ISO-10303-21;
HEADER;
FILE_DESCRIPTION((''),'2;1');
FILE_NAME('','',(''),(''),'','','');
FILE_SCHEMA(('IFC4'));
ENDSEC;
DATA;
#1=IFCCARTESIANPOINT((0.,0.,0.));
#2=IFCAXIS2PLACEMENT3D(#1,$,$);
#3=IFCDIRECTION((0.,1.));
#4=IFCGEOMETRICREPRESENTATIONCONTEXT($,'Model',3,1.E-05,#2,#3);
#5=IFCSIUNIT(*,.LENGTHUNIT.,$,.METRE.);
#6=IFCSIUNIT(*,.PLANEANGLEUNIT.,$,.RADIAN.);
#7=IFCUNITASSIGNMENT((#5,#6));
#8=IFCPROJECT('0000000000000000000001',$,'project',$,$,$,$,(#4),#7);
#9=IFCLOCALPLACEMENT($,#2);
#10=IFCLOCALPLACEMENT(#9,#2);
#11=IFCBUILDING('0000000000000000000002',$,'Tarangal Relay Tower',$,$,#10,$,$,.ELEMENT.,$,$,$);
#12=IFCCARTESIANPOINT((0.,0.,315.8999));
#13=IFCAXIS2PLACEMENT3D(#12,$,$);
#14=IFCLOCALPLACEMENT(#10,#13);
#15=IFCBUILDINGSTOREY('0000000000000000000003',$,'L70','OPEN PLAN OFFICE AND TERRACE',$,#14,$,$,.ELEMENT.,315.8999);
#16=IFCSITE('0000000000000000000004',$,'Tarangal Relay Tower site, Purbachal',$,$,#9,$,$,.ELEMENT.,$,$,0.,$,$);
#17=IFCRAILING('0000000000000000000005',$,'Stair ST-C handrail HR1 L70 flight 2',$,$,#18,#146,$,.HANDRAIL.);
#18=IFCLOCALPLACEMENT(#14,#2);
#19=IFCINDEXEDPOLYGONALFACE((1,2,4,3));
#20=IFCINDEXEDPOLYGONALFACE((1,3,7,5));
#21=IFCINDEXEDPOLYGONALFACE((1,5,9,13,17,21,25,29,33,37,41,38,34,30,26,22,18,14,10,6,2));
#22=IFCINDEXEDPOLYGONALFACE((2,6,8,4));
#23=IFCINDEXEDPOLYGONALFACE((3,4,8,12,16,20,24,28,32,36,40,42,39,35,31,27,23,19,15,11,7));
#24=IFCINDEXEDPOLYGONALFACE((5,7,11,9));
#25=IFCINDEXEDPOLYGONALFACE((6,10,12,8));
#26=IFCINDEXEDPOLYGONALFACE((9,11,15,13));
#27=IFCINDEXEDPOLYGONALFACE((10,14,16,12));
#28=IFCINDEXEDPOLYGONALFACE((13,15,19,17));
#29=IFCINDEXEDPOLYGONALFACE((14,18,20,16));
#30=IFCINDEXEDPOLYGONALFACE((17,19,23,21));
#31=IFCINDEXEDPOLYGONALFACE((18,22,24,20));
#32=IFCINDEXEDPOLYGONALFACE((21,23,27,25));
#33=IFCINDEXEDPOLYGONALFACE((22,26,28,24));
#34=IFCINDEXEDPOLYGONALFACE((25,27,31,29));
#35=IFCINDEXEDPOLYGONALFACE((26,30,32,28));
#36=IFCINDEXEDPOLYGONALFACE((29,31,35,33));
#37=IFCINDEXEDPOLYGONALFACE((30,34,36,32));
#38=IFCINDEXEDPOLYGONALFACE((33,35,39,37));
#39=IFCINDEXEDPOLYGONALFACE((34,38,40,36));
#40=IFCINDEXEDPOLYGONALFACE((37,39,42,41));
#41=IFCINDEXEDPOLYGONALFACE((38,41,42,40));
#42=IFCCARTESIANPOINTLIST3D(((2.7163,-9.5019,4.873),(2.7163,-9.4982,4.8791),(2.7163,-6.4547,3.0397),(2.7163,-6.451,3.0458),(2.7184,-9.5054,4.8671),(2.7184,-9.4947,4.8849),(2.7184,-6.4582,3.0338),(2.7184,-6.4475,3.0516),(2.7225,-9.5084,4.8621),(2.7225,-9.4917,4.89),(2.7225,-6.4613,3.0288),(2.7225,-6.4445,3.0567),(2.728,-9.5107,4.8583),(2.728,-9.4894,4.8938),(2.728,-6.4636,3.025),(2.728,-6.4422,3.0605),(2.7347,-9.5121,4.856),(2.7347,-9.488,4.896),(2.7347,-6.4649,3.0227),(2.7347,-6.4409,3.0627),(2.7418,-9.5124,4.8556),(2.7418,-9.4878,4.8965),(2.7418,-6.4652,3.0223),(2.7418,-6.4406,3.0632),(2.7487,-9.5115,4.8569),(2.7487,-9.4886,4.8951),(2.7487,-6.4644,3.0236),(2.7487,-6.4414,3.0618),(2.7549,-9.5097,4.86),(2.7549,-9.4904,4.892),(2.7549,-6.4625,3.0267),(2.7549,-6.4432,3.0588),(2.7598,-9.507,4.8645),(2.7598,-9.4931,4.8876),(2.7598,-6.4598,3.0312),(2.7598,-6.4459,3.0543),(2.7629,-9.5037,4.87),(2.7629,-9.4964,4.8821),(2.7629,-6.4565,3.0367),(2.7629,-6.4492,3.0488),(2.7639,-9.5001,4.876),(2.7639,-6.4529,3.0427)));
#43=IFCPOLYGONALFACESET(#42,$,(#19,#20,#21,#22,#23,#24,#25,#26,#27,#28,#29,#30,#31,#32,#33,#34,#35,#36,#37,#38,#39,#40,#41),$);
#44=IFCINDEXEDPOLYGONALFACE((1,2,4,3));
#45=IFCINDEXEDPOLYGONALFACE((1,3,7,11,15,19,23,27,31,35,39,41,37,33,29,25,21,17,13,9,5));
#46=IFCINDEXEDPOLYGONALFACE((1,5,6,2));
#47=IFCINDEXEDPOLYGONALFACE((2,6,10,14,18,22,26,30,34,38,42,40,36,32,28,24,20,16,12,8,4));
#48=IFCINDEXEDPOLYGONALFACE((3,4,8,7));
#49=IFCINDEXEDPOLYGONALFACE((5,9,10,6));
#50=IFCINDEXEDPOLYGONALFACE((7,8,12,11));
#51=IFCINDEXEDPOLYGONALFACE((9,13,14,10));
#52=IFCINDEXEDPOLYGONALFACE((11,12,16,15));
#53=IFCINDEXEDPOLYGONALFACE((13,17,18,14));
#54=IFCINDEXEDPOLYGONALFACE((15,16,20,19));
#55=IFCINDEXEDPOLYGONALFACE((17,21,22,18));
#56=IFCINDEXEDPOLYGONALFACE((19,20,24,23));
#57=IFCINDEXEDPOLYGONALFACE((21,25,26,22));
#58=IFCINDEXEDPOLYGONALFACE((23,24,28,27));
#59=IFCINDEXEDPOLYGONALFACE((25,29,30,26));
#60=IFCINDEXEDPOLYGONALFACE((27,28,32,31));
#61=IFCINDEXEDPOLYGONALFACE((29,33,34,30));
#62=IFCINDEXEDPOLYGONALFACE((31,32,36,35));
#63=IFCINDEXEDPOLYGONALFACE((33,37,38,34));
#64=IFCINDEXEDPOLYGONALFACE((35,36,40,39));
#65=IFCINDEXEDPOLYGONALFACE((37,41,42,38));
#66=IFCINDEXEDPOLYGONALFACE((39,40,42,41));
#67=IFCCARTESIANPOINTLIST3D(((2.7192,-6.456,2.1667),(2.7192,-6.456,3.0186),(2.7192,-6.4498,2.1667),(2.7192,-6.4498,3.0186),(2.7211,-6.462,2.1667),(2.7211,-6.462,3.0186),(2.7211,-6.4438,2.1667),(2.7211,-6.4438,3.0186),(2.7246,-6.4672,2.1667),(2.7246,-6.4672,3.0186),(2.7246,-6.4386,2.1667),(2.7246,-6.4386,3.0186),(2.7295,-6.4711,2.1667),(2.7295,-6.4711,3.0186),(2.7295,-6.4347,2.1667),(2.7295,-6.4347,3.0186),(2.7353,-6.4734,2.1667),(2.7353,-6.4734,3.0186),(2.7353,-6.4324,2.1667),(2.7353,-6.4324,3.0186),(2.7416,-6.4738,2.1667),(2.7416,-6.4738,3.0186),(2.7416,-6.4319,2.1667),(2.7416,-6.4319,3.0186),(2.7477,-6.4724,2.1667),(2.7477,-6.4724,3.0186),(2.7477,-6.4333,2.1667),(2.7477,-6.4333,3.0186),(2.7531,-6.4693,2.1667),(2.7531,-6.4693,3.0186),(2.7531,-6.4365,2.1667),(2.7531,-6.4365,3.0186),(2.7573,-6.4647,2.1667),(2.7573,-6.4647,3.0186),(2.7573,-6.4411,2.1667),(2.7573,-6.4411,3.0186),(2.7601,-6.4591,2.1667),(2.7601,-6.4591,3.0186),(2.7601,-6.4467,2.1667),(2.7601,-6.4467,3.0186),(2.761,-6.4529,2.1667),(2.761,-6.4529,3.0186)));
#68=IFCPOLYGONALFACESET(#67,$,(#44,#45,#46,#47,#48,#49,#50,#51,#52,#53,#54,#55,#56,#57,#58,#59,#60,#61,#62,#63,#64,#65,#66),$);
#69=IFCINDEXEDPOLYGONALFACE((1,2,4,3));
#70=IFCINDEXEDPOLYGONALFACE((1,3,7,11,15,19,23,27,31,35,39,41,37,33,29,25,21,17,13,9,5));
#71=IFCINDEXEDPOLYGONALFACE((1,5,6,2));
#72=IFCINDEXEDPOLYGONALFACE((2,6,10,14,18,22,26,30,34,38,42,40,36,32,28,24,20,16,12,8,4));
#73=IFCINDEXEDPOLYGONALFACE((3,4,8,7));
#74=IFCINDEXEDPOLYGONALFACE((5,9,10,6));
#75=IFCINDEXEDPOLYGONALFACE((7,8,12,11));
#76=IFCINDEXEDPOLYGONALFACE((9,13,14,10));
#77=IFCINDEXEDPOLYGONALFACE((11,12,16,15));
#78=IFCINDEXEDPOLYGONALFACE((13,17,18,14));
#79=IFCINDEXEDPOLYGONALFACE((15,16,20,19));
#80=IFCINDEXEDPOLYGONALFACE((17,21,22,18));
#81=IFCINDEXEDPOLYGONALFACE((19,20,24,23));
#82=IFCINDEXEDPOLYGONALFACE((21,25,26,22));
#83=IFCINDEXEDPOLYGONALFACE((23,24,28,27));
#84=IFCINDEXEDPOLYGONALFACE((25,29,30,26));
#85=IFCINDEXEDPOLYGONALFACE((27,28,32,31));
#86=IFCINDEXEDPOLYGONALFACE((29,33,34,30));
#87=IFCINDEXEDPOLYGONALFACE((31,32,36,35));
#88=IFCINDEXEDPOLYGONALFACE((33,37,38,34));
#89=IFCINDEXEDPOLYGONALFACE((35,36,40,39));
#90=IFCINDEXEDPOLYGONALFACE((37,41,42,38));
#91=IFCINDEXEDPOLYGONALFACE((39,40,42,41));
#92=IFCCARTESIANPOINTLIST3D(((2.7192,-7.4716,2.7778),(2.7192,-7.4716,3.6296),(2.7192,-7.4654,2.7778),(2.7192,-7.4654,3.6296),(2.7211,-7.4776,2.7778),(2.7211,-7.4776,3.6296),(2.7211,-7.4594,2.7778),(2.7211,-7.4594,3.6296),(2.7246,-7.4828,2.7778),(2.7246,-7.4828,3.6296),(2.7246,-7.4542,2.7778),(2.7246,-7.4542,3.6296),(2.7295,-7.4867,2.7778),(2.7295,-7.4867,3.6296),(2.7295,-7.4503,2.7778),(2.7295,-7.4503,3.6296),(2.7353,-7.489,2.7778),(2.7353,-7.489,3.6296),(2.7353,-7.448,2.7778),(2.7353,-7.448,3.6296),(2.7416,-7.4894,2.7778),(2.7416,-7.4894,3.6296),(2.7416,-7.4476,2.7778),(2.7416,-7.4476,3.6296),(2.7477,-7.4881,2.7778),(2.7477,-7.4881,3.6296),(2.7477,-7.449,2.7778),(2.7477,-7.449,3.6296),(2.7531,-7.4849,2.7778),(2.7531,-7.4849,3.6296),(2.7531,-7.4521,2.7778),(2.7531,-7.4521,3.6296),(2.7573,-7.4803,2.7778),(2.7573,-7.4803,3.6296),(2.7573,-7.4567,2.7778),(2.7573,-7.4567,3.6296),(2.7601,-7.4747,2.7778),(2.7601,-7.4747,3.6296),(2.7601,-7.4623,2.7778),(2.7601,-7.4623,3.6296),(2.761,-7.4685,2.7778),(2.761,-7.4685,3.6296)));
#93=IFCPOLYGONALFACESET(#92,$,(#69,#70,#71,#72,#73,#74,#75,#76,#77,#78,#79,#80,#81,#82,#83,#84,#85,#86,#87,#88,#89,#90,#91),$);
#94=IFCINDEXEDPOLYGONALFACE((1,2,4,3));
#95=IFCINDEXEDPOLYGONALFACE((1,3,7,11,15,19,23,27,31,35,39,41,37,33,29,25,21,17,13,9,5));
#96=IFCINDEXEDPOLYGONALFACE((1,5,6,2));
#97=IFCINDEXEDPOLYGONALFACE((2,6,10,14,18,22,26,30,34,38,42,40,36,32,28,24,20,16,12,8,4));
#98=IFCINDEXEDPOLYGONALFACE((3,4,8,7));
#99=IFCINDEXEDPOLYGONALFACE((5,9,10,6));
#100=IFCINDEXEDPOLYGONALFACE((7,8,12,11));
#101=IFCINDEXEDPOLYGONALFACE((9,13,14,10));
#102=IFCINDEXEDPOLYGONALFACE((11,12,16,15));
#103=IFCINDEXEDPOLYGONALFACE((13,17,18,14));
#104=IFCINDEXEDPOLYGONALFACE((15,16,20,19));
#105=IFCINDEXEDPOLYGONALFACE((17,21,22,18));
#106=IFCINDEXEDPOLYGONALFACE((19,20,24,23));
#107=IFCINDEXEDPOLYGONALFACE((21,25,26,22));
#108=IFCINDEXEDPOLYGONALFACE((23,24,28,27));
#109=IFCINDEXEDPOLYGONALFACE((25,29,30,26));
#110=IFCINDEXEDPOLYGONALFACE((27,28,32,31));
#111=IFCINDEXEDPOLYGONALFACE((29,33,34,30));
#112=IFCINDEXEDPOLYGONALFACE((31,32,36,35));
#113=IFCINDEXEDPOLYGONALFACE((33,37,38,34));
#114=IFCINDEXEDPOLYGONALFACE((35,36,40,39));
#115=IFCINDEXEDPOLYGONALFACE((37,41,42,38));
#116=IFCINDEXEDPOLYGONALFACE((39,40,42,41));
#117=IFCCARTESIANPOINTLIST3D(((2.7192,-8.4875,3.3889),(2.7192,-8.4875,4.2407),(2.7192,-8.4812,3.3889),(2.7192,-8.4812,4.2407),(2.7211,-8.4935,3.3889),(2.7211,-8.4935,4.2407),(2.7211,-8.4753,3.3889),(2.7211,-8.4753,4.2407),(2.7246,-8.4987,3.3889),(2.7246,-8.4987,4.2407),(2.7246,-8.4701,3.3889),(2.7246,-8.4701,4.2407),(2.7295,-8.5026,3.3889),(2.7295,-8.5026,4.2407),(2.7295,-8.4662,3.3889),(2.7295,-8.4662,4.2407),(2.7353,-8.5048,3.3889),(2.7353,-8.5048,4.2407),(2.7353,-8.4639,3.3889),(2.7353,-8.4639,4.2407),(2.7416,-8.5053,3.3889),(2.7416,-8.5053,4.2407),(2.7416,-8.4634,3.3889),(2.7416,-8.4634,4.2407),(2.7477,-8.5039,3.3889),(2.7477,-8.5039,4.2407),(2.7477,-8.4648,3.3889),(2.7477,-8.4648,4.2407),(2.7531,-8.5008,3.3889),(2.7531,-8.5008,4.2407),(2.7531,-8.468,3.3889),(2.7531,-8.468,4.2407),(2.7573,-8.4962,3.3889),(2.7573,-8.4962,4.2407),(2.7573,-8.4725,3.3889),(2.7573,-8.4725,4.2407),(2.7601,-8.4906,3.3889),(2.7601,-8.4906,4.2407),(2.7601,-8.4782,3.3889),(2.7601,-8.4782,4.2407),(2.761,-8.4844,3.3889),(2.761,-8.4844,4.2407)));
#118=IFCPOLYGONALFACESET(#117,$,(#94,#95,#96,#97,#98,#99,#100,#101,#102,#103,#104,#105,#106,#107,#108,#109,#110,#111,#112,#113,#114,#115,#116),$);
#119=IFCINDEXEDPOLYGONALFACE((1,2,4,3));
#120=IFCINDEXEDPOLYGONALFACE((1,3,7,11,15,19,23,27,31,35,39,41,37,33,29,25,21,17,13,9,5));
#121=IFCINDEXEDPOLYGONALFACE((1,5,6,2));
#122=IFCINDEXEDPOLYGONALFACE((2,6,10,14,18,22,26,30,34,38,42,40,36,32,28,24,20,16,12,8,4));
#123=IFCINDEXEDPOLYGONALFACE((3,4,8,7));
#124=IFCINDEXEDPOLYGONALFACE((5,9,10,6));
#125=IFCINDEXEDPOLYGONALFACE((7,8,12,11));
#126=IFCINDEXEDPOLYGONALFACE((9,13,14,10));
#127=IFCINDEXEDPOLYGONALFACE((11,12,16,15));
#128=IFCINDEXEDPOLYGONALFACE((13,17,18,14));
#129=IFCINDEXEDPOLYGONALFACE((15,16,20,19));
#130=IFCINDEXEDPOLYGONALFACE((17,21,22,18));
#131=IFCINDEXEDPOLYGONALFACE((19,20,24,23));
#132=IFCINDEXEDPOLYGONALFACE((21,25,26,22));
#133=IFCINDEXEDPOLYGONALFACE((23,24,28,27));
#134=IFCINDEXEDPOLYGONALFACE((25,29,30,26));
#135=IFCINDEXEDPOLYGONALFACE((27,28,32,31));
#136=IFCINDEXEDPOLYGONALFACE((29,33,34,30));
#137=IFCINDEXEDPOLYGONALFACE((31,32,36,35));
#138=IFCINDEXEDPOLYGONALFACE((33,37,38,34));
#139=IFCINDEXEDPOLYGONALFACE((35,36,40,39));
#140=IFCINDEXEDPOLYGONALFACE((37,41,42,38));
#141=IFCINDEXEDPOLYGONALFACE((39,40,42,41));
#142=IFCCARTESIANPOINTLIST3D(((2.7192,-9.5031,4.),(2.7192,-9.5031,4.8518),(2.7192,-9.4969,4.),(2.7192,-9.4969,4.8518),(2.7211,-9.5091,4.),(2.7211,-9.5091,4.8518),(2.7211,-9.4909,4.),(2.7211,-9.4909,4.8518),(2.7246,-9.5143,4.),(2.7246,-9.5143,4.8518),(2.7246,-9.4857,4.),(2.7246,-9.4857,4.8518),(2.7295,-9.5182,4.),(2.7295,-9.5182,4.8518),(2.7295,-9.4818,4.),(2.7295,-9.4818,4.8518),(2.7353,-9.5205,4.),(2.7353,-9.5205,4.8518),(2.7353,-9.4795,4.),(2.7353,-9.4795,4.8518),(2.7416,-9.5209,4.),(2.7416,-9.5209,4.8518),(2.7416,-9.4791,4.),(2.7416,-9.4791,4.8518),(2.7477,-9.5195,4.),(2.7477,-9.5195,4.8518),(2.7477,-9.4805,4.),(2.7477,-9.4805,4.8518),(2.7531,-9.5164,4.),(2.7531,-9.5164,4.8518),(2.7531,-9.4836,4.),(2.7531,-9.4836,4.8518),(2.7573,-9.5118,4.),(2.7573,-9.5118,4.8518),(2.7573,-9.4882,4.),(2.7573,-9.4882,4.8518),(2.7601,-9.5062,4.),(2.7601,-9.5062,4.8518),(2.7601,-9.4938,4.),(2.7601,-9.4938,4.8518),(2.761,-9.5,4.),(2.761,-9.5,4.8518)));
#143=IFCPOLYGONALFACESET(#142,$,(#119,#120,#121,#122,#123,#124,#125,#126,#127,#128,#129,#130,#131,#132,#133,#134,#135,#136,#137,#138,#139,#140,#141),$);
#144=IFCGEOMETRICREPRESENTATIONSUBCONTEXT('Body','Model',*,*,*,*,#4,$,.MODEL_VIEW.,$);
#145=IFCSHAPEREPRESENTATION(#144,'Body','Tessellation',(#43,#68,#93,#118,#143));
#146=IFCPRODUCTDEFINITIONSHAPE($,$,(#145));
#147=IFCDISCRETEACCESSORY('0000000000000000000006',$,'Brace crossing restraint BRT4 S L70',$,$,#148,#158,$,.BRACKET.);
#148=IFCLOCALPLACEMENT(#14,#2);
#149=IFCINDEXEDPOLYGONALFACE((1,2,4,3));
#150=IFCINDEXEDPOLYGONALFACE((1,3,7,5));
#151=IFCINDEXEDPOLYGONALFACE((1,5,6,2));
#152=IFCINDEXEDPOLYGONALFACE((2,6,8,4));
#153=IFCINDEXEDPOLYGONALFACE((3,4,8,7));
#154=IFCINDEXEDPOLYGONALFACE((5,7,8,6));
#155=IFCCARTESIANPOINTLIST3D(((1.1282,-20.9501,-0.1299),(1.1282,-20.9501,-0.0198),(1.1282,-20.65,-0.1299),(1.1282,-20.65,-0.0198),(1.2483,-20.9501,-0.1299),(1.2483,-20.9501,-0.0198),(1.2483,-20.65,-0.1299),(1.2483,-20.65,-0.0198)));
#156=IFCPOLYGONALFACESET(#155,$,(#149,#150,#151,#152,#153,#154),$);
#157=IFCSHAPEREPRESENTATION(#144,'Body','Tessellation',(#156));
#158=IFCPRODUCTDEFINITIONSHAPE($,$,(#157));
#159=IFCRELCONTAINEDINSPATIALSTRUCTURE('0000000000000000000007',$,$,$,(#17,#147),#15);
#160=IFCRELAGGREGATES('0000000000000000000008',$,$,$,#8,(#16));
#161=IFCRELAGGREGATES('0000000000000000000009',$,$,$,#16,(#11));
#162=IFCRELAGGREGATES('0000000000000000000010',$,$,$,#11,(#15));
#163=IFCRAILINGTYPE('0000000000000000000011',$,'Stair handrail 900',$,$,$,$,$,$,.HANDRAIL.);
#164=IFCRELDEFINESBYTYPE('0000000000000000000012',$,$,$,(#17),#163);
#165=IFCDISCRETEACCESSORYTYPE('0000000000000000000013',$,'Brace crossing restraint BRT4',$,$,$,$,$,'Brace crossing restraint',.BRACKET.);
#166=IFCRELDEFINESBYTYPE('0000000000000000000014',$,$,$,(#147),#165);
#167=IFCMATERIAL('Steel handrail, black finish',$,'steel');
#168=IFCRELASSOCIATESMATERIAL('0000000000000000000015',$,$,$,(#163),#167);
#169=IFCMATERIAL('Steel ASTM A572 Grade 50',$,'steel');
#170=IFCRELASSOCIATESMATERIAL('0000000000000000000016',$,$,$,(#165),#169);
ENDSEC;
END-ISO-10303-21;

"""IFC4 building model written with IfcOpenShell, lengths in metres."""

from ifc_helpers import new_model, si_unit, direction, frame, origin, origin_2d, place, context, subcontext, project, spatial, rectangle, circle, extrude, material, type_object, element, save


model = new_model("IFC4")

# Units and contexts
model_context = context("Model", 3, precision=1e-05, world=origin(), true_north=direction((0.0, 1.0)))
body_context = subcontext(model_context, "Body", "Model", "MODEL_VIEW")
ifc_project = project(units=[si_unit("LENGTHUNIT", "METRE"), si_unit("PLANEANGLEUNIT", "RADIAN")], contexts=[model_context])

# Site, building, storey
site_placement = place(None, origin())
site = spatial("IfcSite", under=ifc_project, at=site_placement, Name="Tarangal Relay Tower site, Purbachal", CompositionType="ELEMENT", RefElevation=0.0)
building_placement = place(site_placement, origin())
building = spatial("IfcBuilding", under=site, at=building_placement, Name="Tarangal Relay Tower", CompositionType="ELEMENT")
storey_placement = place(building_placement, frame((0.0, 0.0, 315.8999)))
storey = spatial("IfcBuildingStorey", under=building, at=storey_placement, Name="L70", Description="OPEN PLAN OFFICE AND TERRACE", CompositionType="ELEMENT", Elevation=315.8999)

# Shared definitions
ifc_material_1 = material(Name="Steel ASTM A572 Grade 50", Category="steel")

# Railing
ifc_material_2 = material(Name="Steel handrail, black finish", Category="steel")
railing_type_1 = type_object("IfcRailingType", Name="Stair handrail 900", PredefinedType="HANDRAIL", material=ifc_material_2)
railing_1_placement = place(storey_placement, frame((2.74, -6.4529, 2.1667)))
element("IfcRailing", 1, at=railing_1_placement, inside=storey, type_object=railing_type_1, Name="Stair ST-C handrail HR1 L70 flight 2", PredefinedType="HANDRAIL", context=body_context, shape_type="SweptSolid", body=[
    extrude(circle(Radius=0.0239, at=origin_2d()), frame((0.0, 0.0, 0.876), z_axis=(0.0, -0.856874, 0.515525), x_axis=(1.0, 0.0, 0.0)), (0.0, 0.0, 1.0), 3.5562),
    extrude(circle(Radius=0.021, at=origin_2d()), origin(), (0.0, 0.0, 1.0), 0.8518),
    extrude(circle(Radius=0.021, at=origin_2d()), frame((0.0, -1.0156, 0.6111)), (0.0, 0.0, 1.0), 0.8518),
    extrude(circle(Radius=0.021, at=origin_2d()), frame((0.0, -2.0315, 1.2222)), (0.0, 0.0, 1.0), 0.8518),
    extrude(circle(Radius=0.021, at=origin_2d()), frame((0.0, -3.0471, 1.8333)), (0.0, 0.0, 1.0), 0.8518),
])

# Discrete accessory
discrete_accessory_type = type_object("IfcDiscreteAccessoryType", Name="Brace crossing restraint BRT4", ElementType="Brace crossing restraint", PredefinedType="BRACKET", material=ifc_material_1)
discrete_accessory_placement = place(storey_placement, frame((1.1882, -20.8, -0.1299), z_axis=(0.0, 0.0, 1.0), x_axis=(1.0, 0.0, 0.0)))
element("IfcDiscreteAccessory", 2, at=discrete_accessory_placement, inside=storey, type_object=discrete_accessory_type, Name="Brace crossing restraint BRT4 S L70", PredefinedType="BRACKET", context=body_context, shape_type="SweptSolid", body=[
    extrude(rectangle(XDim=0.1201, YDim=0.3, at=origin_2d()), origin(), (0.0, 0.0, 1.0), 0.1101),
])

save(model, "model.ifc")
